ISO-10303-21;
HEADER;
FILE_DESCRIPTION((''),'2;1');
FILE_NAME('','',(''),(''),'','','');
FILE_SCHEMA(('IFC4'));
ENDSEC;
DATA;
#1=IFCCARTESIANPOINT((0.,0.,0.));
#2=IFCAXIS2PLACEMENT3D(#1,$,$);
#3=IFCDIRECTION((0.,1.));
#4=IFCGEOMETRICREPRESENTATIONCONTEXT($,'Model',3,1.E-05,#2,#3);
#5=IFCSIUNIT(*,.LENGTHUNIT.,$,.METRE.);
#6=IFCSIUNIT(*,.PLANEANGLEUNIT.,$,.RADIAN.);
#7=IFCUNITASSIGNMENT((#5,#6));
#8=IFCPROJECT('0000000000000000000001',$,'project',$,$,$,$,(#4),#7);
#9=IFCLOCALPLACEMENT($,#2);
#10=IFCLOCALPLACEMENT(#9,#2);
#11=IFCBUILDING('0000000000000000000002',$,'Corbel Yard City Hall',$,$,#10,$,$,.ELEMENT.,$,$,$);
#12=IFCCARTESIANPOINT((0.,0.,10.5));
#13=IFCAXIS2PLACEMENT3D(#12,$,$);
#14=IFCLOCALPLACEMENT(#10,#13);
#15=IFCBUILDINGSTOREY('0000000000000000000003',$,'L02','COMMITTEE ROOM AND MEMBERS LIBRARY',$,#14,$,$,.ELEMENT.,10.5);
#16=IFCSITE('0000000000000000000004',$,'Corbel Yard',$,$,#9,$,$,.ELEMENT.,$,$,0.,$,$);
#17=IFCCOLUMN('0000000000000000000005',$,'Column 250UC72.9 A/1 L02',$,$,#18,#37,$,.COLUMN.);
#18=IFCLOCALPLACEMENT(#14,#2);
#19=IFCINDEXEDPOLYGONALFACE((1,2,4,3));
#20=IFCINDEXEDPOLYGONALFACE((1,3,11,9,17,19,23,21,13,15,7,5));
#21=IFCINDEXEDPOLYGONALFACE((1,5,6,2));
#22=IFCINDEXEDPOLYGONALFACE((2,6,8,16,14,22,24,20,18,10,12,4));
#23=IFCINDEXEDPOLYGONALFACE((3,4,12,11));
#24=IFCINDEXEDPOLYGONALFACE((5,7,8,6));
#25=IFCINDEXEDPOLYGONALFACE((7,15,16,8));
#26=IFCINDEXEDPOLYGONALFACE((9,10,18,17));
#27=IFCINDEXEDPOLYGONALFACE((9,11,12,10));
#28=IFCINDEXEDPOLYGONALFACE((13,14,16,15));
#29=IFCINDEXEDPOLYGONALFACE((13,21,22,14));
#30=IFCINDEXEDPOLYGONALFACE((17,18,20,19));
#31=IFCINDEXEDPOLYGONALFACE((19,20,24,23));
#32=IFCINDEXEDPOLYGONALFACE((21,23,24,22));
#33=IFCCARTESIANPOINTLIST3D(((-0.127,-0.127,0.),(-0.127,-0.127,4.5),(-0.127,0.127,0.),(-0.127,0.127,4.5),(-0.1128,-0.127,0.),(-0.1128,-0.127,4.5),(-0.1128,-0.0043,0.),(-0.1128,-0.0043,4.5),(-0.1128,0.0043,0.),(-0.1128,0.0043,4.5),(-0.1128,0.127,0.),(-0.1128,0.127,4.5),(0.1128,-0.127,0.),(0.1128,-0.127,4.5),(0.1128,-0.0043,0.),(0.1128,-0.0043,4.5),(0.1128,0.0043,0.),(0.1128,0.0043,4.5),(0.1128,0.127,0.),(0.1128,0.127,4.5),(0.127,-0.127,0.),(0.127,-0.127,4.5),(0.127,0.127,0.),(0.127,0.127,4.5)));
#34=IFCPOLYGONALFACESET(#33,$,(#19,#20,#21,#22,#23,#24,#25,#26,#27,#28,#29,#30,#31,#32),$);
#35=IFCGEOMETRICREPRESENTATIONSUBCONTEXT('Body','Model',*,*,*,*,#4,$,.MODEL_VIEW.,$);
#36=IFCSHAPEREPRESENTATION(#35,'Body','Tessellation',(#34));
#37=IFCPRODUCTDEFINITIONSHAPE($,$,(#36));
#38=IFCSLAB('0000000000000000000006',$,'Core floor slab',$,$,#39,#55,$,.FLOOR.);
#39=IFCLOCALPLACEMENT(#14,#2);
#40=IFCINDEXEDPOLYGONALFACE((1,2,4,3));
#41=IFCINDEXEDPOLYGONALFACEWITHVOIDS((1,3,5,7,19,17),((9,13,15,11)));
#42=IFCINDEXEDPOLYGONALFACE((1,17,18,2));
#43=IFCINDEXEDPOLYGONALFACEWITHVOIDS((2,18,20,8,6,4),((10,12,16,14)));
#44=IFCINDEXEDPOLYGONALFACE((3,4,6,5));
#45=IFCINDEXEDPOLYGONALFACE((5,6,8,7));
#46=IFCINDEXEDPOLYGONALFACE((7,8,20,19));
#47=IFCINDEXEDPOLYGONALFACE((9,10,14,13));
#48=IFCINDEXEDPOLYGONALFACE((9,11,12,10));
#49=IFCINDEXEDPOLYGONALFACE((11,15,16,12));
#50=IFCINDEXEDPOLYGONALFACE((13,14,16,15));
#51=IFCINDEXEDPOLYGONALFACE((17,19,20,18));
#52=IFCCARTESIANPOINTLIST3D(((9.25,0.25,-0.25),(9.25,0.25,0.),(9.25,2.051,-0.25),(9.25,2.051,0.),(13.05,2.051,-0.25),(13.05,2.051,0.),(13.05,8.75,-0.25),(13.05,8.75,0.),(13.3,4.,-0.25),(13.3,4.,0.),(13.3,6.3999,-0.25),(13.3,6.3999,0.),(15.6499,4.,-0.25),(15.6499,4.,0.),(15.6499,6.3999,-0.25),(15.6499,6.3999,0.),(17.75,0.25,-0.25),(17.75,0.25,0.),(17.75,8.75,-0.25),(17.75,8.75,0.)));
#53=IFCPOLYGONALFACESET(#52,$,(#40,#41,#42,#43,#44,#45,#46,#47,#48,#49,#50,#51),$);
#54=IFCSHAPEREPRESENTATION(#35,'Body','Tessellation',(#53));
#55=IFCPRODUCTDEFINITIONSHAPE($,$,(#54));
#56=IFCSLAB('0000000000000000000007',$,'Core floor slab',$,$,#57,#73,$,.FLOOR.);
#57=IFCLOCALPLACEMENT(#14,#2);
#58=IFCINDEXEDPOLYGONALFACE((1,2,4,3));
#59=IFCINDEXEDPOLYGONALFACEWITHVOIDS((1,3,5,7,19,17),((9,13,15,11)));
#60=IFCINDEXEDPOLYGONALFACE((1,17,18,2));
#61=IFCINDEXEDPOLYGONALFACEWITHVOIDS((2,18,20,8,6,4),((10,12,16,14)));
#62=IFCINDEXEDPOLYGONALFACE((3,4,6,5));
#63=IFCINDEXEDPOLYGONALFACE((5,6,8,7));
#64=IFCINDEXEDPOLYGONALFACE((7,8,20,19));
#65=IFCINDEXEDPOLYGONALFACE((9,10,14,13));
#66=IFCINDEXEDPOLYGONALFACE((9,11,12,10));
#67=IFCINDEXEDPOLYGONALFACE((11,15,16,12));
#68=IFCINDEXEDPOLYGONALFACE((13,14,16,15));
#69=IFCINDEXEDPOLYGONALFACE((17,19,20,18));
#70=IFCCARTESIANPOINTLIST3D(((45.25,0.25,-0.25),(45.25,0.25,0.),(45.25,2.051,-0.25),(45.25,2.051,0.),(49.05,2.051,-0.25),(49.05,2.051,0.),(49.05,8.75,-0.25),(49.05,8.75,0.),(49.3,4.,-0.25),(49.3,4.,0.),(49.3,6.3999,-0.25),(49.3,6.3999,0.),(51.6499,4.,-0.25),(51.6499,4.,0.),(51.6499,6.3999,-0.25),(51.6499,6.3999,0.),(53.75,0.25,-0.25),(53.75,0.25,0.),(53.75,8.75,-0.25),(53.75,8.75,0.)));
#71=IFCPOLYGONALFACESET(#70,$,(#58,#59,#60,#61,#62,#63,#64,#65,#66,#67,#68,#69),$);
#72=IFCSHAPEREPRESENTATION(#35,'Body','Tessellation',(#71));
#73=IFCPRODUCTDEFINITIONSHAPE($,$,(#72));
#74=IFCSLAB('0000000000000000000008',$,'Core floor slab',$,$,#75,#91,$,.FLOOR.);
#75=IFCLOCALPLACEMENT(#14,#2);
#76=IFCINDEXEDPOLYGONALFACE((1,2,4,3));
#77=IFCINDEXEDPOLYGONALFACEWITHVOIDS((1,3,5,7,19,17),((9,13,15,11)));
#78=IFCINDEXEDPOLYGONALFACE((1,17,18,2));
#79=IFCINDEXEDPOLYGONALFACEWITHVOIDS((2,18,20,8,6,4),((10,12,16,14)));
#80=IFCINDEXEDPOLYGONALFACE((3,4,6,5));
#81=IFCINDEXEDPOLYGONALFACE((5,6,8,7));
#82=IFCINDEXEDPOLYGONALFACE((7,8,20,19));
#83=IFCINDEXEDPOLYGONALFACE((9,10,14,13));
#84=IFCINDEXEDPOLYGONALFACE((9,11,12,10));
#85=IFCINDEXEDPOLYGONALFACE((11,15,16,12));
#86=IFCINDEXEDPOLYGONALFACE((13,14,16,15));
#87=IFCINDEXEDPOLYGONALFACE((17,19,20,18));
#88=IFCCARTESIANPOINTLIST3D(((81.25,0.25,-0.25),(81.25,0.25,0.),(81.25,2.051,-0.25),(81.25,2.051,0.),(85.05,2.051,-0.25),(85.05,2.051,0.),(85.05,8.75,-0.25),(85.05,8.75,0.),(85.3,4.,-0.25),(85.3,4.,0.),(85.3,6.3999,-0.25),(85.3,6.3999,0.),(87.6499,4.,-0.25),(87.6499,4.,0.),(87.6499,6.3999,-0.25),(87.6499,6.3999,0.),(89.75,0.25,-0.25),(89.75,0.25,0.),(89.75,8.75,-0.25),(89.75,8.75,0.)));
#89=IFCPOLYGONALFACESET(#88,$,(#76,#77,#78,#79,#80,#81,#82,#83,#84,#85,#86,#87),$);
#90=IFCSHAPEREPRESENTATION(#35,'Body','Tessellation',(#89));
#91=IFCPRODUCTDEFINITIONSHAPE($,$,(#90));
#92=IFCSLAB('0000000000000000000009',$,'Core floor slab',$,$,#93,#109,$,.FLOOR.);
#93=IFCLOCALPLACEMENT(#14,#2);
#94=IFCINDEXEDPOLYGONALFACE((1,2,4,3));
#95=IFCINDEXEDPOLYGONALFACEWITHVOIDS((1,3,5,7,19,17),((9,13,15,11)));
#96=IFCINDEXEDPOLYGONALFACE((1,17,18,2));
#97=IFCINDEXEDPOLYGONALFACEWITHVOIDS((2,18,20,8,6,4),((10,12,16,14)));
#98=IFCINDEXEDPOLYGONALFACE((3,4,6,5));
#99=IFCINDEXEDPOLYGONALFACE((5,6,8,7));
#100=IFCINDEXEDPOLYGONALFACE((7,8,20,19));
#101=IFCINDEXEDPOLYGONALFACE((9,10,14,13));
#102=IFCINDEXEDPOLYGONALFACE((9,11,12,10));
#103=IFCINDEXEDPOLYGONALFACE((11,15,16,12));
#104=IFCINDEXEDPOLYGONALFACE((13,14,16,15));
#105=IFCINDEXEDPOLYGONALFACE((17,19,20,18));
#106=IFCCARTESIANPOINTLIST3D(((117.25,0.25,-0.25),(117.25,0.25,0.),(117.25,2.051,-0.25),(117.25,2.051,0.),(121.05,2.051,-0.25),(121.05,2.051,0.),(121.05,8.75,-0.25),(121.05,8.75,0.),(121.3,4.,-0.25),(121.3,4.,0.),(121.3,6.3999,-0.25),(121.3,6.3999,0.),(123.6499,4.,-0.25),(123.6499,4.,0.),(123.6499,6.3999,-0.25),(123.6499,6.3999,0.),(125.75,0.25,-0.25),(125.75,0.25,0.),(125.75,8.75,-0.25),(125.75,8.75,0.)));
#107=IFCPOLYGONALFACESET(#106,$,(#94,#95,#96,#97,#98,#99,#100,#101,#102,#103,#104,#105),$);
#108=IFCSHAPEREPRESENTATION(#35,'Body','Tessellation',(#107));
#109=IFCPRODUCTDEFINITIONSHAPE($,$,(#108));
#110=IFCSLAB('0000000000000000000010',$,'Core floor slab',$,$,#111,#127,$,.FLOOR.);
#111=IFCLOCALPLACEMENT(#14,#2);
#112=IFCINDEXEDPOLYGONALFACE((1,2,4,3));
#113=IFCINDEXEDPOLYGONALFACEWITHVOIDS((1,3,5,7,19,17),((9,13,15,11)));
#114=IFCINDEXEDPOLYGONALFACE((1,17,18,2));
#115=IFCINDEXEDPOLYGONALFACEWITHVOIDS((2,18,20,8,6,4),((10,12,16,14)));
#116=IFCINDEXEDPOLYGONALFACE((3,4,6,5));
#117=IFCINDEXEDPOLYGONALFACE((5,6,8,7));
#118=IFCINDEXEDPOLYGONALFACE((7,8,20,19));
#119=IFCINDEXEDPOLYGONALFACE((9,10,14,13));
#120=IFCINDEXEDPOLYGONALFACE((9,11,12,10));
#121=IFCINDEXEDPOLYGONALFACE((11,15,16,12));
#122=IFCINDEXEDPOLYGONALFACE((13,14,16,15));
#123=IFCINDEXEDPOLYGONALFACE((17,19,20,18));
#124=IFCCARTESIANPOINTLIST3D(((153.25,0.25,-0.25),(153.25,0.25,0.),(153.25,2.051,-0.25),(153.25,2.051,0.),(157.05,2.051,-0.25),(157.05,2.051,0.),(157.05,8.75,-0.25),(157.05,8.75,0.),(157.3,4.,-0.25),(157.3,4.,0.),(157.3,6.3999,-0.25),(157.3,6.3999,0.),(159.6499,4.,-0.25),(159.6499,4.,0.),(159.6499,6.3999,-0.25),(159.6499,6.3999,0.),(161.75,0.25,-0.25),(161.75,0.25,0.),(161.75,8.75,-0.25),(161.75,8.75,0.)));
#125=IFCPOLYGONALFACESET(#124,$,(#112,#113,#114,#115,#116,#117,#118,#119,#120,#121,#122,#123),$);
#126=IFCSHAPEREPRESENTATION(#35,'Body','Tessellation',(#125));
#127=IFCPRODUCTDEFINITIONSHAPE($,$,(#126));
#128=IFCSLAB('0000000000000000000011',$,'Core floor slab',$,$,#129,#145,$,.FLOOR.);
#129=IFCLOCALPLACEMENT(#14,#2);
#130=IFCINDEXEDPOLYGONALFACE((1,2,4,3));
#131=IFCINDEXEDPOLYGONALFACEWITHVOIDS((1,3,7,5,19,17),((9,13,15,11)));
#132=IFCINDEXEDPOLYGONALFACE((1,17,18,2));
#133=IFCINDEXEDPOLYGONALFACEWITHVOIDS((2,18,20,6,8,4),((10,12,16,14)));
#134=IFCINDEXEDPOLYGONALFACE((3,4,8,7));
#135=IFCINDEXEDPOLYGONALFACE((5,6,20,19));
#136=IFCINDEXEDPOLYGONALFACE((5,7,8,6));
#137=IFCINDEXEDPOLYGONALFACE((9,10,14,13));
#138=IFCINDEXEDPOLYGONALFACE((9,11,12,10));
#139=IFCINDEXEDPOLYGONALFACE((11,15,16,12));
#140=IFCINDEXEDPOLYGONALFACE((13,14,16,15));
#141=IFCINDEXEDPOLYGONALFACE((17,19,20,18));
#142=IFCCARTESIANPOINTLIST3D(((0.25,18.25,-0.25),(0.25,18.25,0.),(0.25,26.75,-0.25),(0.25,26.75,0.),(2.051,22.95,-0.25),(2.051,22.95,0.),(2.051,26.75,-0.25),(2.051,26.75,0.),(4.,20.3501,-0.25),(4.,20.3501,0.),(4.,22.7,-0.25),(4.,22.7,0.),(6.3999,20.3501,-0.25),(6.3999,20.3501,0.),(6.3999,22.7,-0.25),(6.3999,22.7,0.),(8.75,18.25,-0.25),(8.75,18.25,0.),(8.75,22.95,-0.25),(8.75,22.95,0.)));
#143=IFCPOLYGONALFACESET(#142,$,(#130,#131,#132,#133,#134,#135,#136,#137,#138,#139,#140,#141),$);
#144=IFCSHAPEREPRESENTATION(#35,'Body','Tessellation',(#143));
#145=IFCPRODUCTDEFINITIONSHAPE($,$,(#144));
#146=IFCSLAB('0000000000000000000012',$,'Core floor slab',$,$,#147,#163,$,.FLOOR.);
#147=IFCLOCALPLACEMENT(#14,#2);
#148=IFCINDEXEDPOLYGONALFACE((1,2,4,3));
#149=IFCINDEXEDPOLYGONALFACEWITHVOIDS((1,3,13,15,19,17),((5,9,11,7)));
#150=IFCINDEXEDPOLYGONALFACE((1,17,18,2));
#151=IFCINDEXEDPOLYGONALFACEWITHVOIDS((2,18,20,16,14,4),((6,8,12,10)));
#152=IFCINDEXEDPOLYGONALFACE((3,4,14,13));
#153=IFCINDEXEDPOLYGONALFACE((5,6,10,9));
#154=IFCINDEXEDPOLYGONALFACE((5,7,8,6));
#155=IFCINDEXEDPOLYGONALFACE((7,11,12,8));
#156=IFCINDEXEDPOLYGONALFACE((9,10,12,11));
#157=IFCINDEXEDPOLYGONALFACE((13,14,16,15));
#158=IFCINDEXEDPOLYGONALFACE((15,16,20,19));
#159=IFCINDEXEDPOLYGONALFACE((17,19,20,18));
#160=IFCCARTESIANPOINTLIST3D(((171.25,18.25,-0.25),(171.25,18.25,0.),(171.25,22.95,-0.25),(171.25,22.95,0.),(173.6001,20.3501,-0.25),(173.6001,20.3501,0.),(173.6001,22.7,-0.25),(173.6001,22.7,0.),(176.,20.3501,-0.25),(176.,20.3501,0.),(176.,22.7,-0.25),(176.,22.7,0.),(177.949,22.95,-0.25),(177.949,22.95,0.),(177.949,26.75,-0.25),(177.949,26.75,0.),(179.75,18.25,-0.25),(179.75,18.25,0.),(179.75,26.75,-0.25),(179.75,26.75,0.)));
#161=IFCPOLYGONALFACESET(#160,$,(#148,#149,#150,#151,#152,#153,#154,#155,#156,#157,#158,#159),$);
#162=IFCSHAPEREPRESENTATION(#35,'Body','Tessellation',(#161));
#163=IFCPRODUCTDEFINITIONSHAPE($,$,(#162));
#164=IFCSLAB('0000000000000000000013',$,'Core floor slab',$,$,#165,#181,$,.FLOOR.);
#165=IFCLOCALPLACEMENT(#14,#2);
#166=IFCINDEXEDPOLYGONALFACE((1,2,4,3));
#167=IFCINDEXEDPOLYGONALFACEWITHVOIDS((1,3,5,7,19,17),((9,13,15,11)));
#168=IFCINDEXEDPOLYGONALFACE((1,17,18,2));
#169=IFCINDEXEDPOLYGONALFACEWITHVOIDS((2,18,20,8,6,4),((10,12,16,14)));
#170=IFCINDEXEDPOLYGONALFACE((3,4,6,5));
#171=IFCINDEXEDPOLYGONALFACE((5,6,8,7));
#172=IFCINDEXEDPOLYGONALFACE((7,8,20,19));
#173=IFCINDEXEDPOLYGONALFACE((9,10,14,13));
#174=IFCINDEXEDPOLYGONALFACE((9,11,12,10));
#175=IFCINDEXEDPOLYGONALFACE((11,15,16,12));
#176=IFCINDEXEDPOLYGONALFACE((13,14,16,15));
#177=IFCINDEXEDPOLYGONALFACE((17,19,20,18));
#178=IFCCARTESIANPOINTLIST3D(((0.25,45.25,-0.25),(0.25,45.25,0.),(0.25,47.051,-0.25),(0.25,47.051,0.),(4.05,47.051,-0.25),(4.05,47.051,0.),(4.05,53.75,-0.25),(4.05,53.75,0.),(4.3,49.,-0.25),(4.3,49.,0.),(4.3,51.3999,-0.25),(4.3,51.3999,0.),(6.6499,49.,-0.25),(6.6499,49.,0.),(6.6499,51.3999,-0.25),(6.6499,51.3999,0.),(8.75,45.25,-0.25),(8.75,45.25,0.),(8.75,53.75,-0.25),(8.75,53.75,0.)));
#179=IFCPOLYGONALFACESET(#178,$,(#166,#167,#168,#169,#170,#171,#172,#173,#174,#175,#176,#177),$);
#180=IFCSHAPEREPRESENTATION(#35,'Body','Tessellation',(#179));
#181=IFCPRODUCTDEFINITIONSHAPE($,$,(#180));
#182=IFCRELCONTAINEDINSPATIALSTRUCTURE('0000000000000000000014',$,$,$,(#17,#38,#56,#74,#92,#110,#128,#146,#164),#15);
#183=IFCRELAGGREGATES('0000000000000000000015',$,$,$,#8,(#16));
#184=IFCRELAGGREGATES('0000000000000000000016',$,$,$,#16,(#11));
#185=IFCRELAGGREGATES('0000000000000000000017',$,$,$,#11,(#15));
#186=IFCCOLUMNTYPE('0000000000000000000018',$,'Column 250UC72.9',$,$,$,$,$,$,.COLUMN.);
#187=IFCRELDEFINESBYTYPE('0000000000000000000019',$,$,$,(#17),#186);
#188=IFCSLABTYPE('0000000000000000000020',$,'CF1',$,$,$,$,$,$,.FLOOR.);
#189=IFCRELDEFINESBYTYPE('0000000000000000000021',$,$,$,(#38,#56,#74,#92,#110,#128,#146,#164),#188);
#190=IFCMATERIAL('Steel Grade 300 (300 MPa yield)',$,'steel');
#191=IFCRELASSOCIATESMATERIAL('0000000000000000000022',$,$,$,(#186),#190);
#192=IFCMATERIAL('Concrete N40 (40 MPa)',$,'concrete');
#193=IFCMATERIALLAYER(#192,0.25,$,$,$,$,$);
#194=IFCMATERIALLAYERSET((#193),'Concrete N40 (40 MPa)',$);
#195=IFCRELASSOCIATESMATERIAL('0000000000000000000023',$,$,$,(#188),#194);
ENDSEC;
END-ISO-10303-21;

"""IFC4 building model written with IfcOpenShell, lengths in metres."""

from ifc_helpers import new_model, si_unit, direction, frame, origin, origin_2d, place, context, subcontext, project, spatial, polyline, i_section, outline, extrude, material, layer, layer_set, material_profile, profile_set, type_object, element, save


model = new_model("IFC4")

# Units and contexts
model_context = context("Model", 3, precision=1e-05, world=origin(), true_north=direction((0.0, 1.0)))
body_context = subcontext(model_context, "Body", "Model", "MODEL_VIEW")
ifc_project = project(units=[si_unit("LENGTHUNIT", "METRE"), si_unit("PLANEANGLEUNIT", "RADIAN")], contexts=[model_context])

# Site, building, storey
site_placement = place(None, origin())
site = spatial("IfcSite", under=ifc_project, at=site_placement, Name="Corbel Yard", CompositionType="ELEMENT", RefElevation=0.0)
building_placement = place(site_placement, origin())
building = spatial("IfcBuilding", under=site, at=building_placement, Name="Corbel Yard City Hall", CompositionType="ELEMENT")
storey_placement = place(building_placement, frame((0.0, 0.0, 10.5)))
storey = spatial("IfcBuildingStorey", under=building, at=storey_placement, Name="L02", Description="COMMITTEE ROOM AND MEMBERS LIBRARY", CompositionType="ELEMENT", Elevation=10.5)

# Column
ifc_material_1 = material(Name="Steel Grade 300 (300 MPa yield)", Category="steel")
ifc_material_profile = material_profile(ifc_material_1, i_section(OverallWidth=0.2539, OverallDepth=0.2539, WebThickness=0.0085, FlangeThickness=0.0142, at=origin_2d()), Name="250UC72.9")
ifc_profile_set = profile_set([ifc_material_profile], Name="Steel Grade 300 (300 MPa yield)")
column_type = type_object("IfcColumnType", Name="Column 250UC72.9", PredefinedType="COLUMN", material=ifc_profile_set)
column_placement = place(storey_placement, frame((0.0, 0.0, 0.0), z_axis=(0.0, 0.0, 1.0), x_axis=(0.0, 1.0, 0.0)))
element("IfcColumn", 1, at=column_placement, inside=storey, type_object=column_type, Name="Column 250UC72.9 A/1 L02", PredefinedType="COLUMN", context=body_context, shape_type="SweptSolid", body=[
    extrude(i_section(OverallWidth=0.2539, OverallDepth=0.2539, WebThickness=0.0085, FlangeThickness=0.0142, at=origin_2d()), origin(), (0.0, 0.0, 1.0), 4.5),
])

# Slabs
ifc_material_2 = material(Name="Concrete N40 (40 MPa)", Category="concrete")
ifc_layer_1 = layer(ifc_material_2, 0.25)
ifc_layer_set_1 = layer_set([ifc_layer_1], Name="Concrete N40 (40 MPa)")
slab_type_1 = type_object("IfcSlabType", Name="CF1", PredefinedType="FLOOR", material=ifc_layer_set_1)
slab_1_placement = place(storey_placement, frame((0.0, 0.0, -0.25)))
element("IfcSlab", 2, at=slab_1_placement, inside=storey, type_object=slab_type_1, Name="Core floor slab", PredefinedType="FLOOR", context=body_context, shape_type="SweptSolid", body=[
    extrude(outline(polyline([(17.75, 8.75), (13.05, 8.75), (13.05, 2.051), (9.25, 2.051), (9.25, 0.25), (17.75, 0.25), (17.75, 8.75)]), holes=[polyline([(15.6499, 4.0), (15.6499, 6.3999), (13.3, 6.3999), (13.3, 4.0), (15.6499, 4.0)])]), origin(), (0.0, 0.0, 1.0), 0.25),
])
slab_2_placement = place(storey_placement, frame((0.0, 0.0, -0.25)))
element("IfcSlab", 3, at=slab_2_placement, inside=storey, type_object=slab_type_1, Name="Core floor slab", PredefinedType="FLOOR", context=body_context, shape_type="SweptSolid", body=[
    extrude(outline(polyline([(53.75, 8.75), (49.05, 8.75), (49.05, 2.051), (45.25, 2.051), (45.25, 0.25), (53.75, 0.25), (53.75, 8.75)]), holes=[polyline([(51.6499, 4.0), (51.6499, 6.3999), (49.3, 6.3999), (49.3, 4.0), (51.6499, 4.0)])]), origin(), (0.0, 0.0, 1.0), 0.25),
])
slab_3_placement = place(storey_placement, frame((0.0, 0.0, -0.25)))
element("IfcSlab", 4, at=slab_3_placement, inside=storey, type_object=slab_type_1, Name="Core floor slab", PredefinedType="FLOOR", context=body_context, shape_type="SweptSolid", body=[
    extrude(outline(polyline([(89.75, 8.75), (85.05, 8.75), (85.05, 2.051), (81.25, 2.051), (81.25, 0.25), (89.75, 0.25), (89.75, 8.75)]), holes=[polyline([(87.6499, 4.0), (87.6499, 6.3999), (85.3, 6.3999), (85.3, 4.0), (87.6499, 4.0)])]), origin(), (0.0, 0.0, 1.0), 0.25),
])
slab_4_placement = place(storey_placement, frame((0.0, 0.0, -0.25)))
element("IfcSlab", 5, at=slab_4_placement, inside=storey, type_object=slab_type_1, Name="Core floor slab", PredefinedType="FLOOR", context=body_context, shape_type="SweptSolid", body=[
    extrude(outline(polyline([(125.75, 8.75), (121.05, 8.75), (121.05, 2.051), (117.25, 2.051), (117.25, 0.25), (125.75, 0.25), (125.75, 8.75)]), holes=[polyline([(123.6499, 4.0), (123.6499, 6.3999), (121.3, 6.3999), (121.3, 4.0), (123.6499, 4.0)])]), origin(), (0.0, 0.0, 1.0), 0.25),
])
slab_5_placement = place(storey_placement, frame((0.0, 0.0, -0.25)))
element("IfcSlab", 6, at=slab_5_placement, inside=storey, type_object=slab_type_1, Name="Core floor slab", PredefinedType="FLOOR", context=body_context, shape_type="SweptSolid", body=[
    extrude(outline(polyline([(161.75, 8.75), (157.05, 8.75), (157.05, 2.051), (153.25, 2.051), (153.25, 0.25), (161.75, 0.25), (161.75, 8.75)]), holes=[polyline([(159.6499, 4.0), (159.6499, 6.3999), (157.3, 6.3999), (157.3, 4.0), (159.6499, 4.0)])]), origin(), (0.0, 0.0, 1.0), 0.25),
])
slab_6_placement = place(storey_placement, frame((0.0, 0.0, -0.25)))
element("IfcSlab", 7, at=slab_6_placement, inside=storey, type_object=slab_type_1, Name="Core floor slab", PredefinedType="FLOOR", context=body_context, shape_type="SweptSolid", body=[
    extrude(outline(polyline([(8.75, 18.25), (8.75, 22.95), (2.051, 22.95), (2.051, 26.75), (0.25, 26.75), (0.25, 18.25), (8.75, 18.25)]), holes=[polyline([(6.3999, 20.3501), (6.3999, 22.7), (4.0, 22.7), (4.0, 20.3501), (6.3999, 20.3501)])]), origin(), (0.0, 0.0, 1.0), 0.25),
])
slab_7_placement = place(storey_placement, frame((0.0, 0.0, -0.25)))
element("IfcSlab", 8, at=slab_7_placement, inside=storey, type_object=slab_type_1, Name="Core floor slab", PredefinedType="FLOOR", context=body_context, shape_type="SweptSolid", body=[
    extrude(outline(polyline([(179.75, 26.75), (177.949, 26.75), (177.949, 22.95), (171.25, 22.95), (171.25, 18.25), (179.75, 18.25), (179.75, 26.75)]), holes=[polyline([(176.0, 20.3501), (176.0, 22.7), (173.6001, 22.7), (173.6001, 20.3501), (176.0, 20.3501)])]), origin(), (0.0, 0.0, 1.0), 0.25),
])
slab_8_placement = place(storey_placement, frame((0.0, 0.0, -0.25)))
element("IfcSlab", 9, at=slab_8_placement, inside=storey, type_object=slab_type_1, Name="Core floor slab", PredefinedType="FLOOR", context=body_context, shape_type="SweptSolid", body=[
    extrude(outline(polyline([(8.75, 53.75), (4.05, 53.75), (4.05, 47.051), (0.25, 47.051), (0.25, 45.25), (8.75, 45.25), (8.75, 53.75)]), holes=[polyline([(6.6499, 49.0), (6.6499, 51.3999), (4.3, 51.3999), (4.3, 49.0), (6.6499, 49.0)])]), origin(), (0.0, 0.0, 1.0), 0.25),
])

save(model, "model.ifc")
